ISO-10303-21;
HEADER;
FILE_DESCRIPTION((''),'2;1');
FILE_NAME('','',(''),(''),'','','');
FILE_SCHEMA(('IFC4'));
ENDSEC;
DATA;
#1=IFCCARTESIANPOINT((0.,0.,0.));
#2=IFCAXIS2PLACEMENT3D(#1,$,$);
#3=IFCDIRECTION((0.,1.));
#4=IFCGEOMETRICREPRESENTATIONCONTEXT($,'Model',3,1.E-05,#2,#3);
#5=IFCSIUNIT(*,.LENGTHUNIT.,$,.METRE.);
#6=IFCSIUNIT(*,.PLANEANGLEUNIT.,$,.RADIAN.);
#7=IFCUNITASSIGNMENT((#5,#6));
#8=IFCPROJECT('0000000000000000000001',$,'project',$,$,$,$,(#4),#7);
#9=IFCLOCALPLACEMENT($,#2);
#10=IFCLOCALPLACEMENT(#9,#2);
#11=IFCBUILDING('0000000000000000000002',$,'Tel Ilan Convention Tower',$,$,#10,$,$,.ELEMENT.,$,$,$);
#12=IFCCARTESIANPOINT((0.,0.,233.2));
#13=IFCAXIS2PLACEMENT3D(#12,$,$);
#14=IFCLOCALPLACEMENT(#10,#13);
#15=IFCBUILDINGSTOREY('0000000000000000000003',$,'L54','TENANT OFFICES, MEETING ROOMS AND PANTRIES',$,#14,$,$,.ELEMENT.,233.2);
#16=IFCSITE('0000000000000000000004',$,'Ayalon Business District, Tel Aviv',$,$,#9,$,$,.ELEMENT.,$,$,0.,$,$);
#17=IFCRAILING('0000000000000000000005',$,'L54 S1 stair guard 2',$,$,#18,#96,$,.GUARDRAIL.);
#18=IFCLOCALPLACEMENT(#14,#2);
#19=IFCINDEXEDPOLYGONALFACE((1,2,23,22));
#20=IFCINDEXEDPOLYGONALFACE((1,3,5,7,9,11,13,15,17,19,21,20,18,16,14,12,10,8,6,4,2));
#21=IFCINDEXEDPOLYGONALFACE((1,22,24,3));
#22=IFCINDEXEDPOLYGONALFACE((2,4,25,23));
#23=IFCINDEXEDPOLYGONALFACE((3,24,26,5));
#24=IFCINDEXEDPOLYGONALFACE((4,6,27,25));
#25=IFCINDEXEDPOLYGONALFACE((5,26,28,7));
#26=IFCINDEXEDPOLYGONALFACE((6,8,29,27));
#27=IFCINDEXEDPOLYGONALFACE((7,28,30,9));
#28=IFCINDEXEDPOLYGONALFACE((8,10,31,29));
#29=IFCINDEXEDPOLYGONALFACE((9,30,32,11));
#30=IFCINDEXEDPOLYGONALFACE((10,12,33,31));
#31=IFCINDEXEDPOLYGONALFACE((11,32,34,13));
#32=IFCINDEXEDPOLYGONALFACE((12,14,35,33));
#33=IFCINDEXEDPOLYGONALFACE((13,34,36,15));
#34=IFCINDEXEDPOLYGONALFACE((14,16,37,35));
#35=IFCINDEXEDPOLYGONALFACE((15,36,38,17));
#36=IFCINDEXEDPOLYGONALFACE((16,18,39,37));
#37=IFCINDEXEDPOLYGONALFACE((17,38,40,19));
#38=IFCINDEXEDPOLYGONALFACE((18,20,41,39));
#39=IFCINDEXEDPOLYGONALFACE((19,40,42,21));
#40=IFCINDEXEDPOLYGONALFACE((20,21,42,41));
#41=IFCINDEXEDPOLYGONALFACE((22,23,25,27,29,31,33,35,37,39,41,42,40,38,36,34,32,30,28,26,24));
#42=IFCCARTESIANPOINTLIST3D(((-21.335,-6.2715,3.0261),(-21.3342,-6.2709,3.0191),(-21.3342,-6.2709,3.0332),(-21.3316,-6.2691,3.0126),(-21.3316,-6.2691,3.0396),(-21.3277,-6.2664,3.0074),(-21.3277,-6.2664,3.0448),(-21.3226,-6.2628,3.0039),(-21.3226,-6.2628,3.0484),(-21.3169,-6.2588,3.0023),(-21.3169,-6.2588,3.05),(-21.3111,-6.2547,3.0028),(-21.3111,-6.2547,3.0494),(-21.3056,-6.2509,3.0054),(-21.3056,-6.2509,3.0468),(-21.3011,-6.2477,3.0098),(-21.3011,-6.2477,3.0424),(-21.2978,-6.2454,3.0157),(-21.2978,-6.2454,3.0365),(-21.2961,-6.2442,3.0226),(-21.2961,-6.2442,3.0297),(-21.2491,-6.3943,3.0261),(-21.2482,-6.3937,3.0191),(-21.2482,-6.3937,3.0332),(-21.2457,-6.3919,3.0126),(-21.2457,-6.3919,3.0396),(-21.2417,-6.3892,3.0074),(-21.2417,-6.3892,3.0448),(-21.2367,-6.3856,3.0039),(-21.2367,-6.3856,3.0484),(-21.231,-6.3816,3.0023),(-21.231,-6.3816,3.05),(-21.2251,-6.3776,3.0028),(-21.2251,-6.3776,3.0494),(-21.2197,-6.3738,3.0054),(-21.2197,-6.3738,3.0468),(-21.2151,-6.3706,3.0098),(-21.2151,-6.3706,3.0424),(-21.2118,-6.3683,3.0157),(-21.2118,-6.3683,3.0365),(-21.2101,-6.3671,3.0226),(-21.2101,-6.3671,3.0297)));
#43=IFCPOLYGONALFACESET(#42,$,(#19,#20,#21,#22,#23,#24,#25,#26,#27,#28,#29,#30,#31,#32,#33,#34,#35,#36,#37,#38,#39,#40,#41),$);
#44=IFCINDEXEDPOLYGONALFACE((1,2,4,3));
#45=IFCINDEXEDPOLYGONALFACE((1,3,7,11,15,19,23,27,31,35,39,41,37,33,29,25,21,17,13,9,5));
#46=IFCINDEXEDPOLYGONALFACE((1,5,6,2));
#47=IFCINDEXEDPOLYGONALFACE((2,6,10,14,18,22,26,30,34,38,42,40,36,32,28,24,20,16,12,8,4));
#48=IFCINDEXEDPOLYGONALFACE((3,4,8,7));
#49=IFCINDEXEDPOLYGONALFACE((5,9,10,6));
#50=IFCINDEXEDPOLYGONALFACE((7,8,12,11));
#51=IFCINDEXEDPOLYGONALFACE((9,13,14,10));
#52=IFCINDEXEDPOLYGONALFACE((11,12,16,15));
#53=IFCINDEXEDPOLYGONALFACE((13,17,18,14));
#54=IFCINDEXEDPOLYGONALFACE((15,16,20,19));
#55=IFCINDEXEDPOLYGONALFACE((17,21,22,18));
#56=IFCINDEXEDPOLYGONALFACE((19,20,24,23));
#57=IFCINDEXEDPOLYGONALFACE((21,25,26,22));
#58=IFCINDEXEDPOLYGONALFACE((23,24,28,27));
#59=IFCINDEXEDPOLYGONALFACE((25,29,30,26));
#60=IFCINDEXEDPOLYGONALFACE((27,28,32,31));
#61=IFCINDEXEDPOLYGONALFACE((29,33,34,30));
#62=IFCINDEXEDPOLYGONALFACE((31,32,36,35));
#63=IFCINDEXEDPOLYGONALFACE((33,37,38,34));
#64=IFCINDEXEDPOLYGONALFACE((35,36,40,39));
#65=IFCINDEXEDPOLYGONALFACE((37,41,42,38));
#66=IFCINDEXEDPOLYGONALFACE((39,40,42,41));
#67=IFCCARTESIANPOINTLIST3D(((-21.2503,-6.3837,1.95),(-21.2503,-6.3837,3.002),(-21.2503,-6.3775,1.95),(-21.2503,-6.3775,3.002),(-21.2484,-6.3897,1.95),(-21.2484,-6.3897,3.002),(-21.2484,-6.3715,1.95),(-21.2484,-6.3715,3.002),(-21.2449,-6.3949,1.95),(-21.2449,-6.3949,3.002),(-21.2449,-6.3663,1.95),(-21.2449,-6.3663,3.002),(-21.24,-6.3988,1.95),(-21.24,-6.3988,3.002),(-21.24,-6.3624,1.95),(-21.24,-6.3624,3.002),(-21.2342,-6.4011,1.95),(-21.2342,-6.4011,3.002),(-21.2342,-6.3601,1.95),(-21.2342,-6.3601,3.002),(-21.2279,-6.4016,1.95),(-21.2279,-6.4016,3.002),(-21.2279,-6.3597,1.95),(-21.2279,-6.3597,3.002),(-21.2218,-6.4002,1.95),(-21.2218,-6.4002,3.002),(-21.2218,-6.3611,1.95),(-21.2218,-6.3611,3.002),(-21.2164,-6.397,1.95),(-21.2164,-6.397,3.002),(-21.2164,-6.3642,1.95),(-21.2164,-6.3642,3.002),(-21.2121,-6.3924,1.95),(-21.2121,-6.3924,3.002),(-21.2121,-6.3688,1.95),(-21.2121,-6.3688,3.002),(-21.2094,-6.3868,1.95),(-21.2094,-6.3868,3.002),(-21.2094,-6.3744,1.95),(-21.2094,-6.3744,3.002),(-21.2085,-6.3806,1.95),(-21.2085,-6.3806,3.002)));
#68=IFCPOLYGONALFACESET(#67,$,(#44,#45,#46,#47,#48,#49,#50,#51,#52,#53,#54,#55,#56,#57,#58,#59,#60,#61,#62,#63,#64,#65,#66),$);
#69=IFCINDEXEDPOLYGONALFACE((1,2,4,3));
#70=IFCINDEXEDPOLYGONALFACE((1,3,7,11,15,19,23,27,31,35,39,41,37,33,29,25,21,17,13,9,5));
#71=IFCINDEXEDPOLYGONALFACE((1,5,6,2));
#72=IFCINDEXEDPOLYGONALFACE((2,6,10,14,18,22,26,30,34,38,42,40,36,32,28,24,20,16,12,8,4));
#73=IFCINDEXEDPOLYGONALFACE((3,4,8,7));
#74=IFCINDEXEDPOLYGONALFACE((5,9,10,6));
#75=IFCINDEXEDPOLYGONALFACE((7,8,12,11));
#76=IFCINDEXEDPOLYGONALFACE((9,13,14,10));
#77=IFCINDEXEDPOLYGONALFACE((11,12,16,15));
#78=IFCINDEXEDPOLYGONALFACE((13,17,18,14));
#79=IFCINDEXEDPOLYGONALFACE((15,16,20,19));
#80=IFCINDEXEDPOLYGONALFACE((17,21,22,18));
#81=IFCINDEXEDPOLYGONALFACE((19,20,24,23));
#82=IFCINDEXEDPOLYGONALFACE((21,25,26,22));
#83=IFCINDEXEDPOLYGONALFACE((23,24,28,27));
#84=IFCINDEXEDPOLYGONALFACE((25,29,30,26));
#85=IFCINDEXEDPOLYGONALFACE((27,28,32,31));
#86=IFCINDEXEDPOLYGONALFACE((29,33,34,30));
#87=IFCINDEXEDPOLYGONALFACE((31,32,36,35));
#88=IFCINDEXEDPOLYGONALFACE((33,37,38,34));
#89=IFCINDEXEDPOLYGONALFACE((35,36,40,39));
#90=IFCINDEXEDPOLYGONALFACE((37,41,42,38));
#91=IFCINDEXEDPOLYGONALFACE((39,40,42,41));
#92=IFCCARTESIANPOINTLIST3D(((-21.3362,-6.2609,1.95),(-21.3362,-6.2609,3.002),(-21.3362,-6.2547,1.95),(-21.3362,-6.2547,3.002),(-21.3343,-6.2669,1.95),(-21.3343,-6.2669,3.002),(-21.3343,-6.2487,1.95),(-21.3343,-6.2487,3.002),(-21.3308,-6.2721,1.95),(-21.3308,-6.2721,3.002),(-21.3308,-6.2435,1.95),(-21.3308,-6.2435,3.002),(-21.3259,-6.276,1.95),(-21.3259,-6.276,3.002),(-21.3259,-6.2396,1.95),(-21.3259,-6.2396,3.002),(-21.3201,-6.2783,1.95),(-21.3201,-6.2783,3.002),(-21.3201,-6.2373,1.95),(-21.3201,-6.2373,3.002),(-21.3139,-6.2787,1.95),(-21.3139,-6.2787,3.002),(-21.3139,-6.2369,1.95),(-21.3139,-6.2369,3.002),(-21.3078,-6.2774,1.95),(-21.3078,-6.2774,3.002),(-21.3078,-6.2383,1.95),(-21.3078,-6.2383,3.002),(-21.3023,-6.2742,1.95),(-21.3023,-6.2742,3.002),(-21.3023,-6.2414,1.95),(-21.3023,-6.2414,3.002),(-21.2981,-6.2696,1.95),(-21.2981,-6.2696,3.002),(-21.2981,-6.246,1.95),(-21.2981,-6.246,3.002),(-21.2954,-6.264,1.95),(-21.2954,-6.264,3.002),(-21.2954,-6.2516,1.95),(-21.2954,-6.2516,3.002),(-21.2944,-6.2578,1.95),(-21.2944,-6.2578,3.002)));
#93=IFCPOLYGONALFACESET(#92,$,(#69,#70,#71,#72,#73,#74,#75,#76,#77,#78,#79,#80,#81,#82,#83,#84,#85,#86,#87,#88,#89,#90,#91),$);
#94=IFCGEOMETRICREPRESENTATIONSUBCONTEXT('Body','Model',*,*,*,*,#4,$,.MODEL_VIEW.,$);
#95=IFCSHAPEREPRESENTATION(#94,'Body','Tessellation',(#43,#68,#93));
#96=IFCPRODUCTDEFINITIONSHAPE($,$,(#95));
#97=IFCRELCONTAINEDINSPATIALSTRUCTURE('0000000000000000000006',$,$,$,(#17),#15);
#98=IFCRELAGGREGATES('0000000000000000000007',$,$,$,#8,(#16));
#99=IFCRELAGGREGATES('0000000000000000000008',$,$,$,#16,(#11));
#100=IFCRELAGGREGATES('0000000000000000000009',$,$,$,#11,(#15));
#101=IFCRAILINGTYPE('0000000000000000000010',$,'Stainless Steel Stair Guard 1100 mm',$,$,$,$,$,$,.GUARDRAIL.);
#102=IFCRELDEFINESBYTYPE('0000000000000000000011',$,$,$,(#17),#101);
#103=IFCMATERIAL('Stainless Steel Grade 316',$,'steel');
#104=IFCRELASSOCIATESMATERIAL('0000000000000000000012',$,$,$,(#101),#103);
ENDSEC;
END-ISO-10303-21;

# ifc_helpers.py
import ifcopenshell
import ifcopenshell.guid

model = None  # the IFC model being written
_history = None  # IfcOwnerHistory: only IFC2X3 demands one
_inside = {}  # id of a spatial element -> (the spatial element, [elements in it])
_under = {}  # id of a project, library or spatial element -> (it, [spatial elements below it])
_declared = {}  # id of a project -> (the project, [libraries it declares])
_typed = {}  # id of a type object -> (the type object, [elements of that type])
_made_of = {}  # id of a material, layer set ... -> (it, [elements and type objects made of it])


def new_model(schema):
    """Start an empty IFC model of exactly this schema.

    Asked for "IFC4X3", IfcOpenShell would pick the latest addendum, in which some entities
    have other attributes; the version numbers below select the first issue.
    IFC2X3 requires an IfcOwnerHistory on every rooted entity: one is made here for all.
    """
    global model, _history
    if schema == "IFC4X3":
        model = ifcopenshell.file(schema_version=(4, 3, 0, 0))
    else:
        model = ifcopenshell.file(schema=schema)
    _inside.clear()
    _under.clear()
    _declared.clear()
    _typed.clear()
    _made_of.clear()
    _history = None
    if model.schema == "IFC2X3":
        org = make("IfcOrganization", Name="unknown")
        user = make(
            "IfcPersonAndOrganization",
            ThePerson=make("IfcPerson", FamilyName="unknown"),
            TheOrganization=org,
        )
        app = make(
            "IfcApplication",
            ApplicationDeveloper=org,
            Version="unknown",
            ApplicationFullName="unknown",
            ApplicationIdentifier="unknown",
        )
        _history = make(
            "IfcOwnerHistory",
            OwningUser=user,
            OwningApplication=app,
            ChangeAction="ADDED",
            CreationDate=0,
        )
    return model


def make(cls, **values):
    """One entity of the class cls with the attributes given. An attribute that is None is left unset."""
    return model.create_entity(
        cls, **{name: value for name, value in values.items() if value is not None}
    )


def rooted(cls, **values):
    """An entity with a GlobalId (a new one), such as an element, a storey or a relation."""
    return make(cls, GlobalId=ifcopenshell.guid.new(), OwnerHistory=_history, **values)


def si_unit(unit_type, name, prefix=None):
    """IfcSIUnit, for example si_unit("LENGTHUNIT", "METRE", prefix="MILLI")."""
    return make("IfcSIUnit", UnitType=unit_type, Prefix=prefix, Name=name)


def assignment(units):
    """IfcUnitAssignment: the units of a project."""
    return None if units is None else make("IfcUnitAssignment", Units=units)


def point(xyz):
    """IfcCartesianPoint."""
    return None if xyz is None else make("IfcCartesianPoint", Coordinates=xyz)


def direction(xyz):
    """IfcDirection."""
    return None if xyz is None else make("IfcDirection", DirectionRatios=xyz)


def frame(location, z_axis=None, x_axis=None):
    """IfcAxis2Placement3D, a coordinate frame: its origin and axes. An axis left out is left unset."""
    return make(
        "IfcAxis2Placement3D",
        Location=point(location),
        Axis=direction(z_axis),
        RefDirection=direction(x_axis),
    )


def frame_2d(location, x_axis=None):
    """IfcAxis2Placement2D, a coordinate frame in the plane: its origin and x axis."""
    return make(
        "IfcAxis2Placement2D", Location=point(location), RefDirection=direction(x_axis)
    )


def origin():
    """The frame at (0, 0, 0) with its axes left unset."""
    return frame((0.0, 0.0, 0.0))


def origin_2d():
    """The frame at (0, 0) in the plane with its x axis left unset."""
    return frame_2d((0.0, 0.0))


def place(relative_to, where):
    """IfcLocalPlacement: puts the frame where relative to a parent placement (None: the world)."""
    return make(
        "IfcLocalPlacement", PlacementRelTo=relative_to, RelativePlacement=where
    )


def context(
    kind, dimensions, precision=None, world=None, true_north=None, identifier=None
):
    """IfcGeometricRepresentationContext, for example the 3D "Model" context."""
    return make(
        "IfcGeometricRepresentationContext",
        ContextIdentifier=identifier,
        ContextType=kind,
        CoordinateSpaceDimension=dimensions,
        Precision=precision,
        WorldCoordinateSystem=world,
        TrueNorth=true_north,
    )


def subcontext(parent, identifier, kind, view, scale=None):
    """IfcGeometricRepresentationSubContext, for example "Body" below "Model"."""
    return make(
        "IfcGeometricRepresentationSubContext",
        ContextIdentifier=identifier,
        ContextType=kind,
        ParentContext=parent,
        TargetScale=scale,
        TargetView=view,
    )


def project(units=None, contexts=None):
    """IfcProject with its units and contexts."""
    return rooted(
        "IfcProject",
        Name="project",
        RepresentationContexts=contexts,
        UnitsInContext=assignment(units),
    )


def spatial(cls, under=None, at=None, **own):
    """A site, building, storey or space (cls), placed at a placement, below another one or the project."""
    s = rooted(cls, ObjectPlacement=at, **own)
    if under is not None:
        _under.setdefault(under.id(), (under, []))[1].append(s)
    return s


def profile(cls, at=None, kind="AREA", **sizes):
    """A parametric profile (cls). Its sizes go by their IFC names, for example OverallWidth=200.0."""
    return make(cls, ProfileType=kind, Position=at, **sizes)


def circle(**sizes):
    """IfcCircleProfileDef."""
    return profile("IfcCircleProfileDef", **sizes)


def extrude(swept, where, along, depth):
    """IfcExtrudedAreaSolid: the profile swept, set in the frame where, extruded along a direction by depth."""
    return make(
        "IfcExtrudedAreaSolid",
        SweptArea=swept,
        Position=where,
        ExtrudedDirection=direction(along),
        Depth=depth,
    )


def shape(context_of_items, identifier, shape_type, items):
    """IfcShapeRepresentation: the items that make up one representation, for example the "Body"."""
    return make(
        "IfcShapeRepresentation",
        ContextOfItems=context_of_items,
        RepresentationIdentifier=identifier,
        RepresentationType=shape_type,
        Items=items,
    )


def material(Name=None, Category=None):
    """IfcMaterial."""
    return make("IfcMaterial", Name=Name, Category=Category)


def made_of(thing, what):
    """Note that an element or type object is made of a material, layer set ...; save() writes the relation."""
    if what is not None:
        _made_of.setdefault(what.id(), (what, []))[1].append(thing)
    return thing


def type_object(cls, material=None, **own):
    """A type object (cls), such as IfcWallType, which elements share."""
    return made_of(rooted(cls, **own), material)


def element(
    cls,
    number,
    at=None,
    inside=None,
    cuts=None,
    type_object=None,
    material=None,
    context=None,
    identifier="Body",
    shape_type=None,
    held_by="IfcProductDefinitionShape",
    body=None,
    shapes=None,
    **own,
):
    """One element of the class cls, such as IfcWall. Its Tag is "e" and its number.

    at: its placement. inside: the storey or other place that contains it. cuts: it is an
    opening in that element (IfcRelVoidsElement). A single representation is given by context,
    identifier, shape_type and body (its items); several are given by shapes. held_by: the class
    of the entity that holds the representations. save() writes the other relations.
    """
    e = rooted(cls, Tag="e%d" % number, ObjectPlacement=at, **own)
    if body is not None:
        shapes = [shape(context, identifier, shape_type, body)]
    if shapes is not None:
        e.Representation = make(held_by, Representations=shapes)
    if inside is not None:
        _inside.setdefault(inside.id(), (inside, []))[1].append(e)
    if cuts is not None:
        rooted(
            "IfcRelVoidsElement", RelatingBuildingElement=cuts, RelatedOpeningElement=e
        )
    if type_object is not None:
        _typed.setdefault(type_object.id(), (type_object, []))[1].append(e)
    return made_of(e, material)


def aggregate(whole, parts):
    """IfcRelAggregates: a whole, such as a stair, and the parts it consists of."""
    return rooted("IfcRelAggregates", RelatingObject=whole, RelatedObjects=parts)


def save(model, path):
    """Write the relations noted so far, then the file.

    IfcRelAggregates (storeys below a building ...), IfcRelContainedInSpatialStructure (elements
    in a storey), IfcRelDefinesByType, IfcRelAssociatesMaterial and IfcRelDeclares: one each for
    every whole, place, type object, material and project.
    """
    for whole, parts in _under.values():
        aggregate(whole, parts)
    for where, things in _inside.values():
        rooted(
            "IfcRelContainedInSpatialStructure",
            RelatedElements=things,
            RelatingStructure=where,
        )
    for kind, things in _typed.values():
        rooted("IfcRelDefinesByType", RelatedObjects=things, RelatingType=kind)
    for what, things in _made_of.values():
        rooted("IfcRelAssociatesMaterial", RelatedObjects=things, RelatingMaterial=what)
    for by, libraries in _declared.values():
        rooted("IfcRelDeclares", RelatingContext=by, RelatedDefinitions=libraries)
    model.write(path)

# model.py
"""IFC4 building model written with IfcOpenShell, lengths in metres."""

from ifc_helpers import new_model, si_unit, direction, frame, origin, origin_2d, place, context, subcontext, project, spatial, circle, extrude, material, type_object, element, save


model = new_model("IFC4")

# Units and contexts
model_context = context("Model", 3, precision=1e-05, world=origin(), true_north=direction((0.0, 1.0)))
body_context = subcontext(model_context, "Body", "Model", "MODEL_VIEW")
ifc_project = project(units=[si_unit("LENGTHUNIT", "METRE"), si_unit("PLANEANGLEUNIT", "RADIAN")], contexts=[model_context])

# Site, building, storey
site_placement = place(None, origin())
site = spatial("IfcSite", under=ifc_project, at=site_placement, Name="Ayalon Business District, Tel Aviv", CompositionType="ELEMENT", RefElevation=0.0)
building_placement = place(site_placement, origin())
building = spatial("IfcBuilding", under=site, at=building_placement, Name="Tel Ilan Convention Tower", CompositionType="ELEMENT")
storey_placement = place(building_placement, frame((0.0, 0.0, 233.2)))
storey = spatial("IfcBuildingStorey", under=building, at=storey_placement, Name="L54", Description="TENANT OFFICES, MEETING ROOMS AND PANTRIES", CompositionType="ELEMENT", Elevation=233.2)

# Railing
ifc_material_1 = material(Name="Stainless Steel Grade 316", Category="steel")
railing_type_1 = type_object("IfcRailingType", Name="Stainless Steel Stair Guard 1100 mm", PredefinedType="GUARDRAIL", material=ifc_material_1)
railing_1_placement = place(storey_placement, frame((-21.2295, -6.3806, 1.95)))
element("IfcRailing", 1, at=railing_1_placement, inside=storey, type_object=railing_type_1, Name="L54 S1 stair guard 2", PredefinedType="GUARDRAIL", context=body_context, shape_type="SweptSolid", body=[
    extrude(circle(Radius=0.0239, at=origin_2d()), frame((0.0, 0.0, 1.0762), z_axis=(-0.573353, 0.819308, 0.0), x_axis=(-0.819308, -0.573353, 0.0)), (0.0, 0.0, 1.0), 0.1499),
    extrude(circle(Radius=0.021, at=origin_2d()), origin(), (0.0, 0.0, 1.0), 1.052),
    extrude(circle(Radius=0.021, at=origin_2d()), frame((-0.0859, 0.1228, 0.0)), (0.0, 0.0, 1.0), 1.052),
])

save(model, "model.ifc")
